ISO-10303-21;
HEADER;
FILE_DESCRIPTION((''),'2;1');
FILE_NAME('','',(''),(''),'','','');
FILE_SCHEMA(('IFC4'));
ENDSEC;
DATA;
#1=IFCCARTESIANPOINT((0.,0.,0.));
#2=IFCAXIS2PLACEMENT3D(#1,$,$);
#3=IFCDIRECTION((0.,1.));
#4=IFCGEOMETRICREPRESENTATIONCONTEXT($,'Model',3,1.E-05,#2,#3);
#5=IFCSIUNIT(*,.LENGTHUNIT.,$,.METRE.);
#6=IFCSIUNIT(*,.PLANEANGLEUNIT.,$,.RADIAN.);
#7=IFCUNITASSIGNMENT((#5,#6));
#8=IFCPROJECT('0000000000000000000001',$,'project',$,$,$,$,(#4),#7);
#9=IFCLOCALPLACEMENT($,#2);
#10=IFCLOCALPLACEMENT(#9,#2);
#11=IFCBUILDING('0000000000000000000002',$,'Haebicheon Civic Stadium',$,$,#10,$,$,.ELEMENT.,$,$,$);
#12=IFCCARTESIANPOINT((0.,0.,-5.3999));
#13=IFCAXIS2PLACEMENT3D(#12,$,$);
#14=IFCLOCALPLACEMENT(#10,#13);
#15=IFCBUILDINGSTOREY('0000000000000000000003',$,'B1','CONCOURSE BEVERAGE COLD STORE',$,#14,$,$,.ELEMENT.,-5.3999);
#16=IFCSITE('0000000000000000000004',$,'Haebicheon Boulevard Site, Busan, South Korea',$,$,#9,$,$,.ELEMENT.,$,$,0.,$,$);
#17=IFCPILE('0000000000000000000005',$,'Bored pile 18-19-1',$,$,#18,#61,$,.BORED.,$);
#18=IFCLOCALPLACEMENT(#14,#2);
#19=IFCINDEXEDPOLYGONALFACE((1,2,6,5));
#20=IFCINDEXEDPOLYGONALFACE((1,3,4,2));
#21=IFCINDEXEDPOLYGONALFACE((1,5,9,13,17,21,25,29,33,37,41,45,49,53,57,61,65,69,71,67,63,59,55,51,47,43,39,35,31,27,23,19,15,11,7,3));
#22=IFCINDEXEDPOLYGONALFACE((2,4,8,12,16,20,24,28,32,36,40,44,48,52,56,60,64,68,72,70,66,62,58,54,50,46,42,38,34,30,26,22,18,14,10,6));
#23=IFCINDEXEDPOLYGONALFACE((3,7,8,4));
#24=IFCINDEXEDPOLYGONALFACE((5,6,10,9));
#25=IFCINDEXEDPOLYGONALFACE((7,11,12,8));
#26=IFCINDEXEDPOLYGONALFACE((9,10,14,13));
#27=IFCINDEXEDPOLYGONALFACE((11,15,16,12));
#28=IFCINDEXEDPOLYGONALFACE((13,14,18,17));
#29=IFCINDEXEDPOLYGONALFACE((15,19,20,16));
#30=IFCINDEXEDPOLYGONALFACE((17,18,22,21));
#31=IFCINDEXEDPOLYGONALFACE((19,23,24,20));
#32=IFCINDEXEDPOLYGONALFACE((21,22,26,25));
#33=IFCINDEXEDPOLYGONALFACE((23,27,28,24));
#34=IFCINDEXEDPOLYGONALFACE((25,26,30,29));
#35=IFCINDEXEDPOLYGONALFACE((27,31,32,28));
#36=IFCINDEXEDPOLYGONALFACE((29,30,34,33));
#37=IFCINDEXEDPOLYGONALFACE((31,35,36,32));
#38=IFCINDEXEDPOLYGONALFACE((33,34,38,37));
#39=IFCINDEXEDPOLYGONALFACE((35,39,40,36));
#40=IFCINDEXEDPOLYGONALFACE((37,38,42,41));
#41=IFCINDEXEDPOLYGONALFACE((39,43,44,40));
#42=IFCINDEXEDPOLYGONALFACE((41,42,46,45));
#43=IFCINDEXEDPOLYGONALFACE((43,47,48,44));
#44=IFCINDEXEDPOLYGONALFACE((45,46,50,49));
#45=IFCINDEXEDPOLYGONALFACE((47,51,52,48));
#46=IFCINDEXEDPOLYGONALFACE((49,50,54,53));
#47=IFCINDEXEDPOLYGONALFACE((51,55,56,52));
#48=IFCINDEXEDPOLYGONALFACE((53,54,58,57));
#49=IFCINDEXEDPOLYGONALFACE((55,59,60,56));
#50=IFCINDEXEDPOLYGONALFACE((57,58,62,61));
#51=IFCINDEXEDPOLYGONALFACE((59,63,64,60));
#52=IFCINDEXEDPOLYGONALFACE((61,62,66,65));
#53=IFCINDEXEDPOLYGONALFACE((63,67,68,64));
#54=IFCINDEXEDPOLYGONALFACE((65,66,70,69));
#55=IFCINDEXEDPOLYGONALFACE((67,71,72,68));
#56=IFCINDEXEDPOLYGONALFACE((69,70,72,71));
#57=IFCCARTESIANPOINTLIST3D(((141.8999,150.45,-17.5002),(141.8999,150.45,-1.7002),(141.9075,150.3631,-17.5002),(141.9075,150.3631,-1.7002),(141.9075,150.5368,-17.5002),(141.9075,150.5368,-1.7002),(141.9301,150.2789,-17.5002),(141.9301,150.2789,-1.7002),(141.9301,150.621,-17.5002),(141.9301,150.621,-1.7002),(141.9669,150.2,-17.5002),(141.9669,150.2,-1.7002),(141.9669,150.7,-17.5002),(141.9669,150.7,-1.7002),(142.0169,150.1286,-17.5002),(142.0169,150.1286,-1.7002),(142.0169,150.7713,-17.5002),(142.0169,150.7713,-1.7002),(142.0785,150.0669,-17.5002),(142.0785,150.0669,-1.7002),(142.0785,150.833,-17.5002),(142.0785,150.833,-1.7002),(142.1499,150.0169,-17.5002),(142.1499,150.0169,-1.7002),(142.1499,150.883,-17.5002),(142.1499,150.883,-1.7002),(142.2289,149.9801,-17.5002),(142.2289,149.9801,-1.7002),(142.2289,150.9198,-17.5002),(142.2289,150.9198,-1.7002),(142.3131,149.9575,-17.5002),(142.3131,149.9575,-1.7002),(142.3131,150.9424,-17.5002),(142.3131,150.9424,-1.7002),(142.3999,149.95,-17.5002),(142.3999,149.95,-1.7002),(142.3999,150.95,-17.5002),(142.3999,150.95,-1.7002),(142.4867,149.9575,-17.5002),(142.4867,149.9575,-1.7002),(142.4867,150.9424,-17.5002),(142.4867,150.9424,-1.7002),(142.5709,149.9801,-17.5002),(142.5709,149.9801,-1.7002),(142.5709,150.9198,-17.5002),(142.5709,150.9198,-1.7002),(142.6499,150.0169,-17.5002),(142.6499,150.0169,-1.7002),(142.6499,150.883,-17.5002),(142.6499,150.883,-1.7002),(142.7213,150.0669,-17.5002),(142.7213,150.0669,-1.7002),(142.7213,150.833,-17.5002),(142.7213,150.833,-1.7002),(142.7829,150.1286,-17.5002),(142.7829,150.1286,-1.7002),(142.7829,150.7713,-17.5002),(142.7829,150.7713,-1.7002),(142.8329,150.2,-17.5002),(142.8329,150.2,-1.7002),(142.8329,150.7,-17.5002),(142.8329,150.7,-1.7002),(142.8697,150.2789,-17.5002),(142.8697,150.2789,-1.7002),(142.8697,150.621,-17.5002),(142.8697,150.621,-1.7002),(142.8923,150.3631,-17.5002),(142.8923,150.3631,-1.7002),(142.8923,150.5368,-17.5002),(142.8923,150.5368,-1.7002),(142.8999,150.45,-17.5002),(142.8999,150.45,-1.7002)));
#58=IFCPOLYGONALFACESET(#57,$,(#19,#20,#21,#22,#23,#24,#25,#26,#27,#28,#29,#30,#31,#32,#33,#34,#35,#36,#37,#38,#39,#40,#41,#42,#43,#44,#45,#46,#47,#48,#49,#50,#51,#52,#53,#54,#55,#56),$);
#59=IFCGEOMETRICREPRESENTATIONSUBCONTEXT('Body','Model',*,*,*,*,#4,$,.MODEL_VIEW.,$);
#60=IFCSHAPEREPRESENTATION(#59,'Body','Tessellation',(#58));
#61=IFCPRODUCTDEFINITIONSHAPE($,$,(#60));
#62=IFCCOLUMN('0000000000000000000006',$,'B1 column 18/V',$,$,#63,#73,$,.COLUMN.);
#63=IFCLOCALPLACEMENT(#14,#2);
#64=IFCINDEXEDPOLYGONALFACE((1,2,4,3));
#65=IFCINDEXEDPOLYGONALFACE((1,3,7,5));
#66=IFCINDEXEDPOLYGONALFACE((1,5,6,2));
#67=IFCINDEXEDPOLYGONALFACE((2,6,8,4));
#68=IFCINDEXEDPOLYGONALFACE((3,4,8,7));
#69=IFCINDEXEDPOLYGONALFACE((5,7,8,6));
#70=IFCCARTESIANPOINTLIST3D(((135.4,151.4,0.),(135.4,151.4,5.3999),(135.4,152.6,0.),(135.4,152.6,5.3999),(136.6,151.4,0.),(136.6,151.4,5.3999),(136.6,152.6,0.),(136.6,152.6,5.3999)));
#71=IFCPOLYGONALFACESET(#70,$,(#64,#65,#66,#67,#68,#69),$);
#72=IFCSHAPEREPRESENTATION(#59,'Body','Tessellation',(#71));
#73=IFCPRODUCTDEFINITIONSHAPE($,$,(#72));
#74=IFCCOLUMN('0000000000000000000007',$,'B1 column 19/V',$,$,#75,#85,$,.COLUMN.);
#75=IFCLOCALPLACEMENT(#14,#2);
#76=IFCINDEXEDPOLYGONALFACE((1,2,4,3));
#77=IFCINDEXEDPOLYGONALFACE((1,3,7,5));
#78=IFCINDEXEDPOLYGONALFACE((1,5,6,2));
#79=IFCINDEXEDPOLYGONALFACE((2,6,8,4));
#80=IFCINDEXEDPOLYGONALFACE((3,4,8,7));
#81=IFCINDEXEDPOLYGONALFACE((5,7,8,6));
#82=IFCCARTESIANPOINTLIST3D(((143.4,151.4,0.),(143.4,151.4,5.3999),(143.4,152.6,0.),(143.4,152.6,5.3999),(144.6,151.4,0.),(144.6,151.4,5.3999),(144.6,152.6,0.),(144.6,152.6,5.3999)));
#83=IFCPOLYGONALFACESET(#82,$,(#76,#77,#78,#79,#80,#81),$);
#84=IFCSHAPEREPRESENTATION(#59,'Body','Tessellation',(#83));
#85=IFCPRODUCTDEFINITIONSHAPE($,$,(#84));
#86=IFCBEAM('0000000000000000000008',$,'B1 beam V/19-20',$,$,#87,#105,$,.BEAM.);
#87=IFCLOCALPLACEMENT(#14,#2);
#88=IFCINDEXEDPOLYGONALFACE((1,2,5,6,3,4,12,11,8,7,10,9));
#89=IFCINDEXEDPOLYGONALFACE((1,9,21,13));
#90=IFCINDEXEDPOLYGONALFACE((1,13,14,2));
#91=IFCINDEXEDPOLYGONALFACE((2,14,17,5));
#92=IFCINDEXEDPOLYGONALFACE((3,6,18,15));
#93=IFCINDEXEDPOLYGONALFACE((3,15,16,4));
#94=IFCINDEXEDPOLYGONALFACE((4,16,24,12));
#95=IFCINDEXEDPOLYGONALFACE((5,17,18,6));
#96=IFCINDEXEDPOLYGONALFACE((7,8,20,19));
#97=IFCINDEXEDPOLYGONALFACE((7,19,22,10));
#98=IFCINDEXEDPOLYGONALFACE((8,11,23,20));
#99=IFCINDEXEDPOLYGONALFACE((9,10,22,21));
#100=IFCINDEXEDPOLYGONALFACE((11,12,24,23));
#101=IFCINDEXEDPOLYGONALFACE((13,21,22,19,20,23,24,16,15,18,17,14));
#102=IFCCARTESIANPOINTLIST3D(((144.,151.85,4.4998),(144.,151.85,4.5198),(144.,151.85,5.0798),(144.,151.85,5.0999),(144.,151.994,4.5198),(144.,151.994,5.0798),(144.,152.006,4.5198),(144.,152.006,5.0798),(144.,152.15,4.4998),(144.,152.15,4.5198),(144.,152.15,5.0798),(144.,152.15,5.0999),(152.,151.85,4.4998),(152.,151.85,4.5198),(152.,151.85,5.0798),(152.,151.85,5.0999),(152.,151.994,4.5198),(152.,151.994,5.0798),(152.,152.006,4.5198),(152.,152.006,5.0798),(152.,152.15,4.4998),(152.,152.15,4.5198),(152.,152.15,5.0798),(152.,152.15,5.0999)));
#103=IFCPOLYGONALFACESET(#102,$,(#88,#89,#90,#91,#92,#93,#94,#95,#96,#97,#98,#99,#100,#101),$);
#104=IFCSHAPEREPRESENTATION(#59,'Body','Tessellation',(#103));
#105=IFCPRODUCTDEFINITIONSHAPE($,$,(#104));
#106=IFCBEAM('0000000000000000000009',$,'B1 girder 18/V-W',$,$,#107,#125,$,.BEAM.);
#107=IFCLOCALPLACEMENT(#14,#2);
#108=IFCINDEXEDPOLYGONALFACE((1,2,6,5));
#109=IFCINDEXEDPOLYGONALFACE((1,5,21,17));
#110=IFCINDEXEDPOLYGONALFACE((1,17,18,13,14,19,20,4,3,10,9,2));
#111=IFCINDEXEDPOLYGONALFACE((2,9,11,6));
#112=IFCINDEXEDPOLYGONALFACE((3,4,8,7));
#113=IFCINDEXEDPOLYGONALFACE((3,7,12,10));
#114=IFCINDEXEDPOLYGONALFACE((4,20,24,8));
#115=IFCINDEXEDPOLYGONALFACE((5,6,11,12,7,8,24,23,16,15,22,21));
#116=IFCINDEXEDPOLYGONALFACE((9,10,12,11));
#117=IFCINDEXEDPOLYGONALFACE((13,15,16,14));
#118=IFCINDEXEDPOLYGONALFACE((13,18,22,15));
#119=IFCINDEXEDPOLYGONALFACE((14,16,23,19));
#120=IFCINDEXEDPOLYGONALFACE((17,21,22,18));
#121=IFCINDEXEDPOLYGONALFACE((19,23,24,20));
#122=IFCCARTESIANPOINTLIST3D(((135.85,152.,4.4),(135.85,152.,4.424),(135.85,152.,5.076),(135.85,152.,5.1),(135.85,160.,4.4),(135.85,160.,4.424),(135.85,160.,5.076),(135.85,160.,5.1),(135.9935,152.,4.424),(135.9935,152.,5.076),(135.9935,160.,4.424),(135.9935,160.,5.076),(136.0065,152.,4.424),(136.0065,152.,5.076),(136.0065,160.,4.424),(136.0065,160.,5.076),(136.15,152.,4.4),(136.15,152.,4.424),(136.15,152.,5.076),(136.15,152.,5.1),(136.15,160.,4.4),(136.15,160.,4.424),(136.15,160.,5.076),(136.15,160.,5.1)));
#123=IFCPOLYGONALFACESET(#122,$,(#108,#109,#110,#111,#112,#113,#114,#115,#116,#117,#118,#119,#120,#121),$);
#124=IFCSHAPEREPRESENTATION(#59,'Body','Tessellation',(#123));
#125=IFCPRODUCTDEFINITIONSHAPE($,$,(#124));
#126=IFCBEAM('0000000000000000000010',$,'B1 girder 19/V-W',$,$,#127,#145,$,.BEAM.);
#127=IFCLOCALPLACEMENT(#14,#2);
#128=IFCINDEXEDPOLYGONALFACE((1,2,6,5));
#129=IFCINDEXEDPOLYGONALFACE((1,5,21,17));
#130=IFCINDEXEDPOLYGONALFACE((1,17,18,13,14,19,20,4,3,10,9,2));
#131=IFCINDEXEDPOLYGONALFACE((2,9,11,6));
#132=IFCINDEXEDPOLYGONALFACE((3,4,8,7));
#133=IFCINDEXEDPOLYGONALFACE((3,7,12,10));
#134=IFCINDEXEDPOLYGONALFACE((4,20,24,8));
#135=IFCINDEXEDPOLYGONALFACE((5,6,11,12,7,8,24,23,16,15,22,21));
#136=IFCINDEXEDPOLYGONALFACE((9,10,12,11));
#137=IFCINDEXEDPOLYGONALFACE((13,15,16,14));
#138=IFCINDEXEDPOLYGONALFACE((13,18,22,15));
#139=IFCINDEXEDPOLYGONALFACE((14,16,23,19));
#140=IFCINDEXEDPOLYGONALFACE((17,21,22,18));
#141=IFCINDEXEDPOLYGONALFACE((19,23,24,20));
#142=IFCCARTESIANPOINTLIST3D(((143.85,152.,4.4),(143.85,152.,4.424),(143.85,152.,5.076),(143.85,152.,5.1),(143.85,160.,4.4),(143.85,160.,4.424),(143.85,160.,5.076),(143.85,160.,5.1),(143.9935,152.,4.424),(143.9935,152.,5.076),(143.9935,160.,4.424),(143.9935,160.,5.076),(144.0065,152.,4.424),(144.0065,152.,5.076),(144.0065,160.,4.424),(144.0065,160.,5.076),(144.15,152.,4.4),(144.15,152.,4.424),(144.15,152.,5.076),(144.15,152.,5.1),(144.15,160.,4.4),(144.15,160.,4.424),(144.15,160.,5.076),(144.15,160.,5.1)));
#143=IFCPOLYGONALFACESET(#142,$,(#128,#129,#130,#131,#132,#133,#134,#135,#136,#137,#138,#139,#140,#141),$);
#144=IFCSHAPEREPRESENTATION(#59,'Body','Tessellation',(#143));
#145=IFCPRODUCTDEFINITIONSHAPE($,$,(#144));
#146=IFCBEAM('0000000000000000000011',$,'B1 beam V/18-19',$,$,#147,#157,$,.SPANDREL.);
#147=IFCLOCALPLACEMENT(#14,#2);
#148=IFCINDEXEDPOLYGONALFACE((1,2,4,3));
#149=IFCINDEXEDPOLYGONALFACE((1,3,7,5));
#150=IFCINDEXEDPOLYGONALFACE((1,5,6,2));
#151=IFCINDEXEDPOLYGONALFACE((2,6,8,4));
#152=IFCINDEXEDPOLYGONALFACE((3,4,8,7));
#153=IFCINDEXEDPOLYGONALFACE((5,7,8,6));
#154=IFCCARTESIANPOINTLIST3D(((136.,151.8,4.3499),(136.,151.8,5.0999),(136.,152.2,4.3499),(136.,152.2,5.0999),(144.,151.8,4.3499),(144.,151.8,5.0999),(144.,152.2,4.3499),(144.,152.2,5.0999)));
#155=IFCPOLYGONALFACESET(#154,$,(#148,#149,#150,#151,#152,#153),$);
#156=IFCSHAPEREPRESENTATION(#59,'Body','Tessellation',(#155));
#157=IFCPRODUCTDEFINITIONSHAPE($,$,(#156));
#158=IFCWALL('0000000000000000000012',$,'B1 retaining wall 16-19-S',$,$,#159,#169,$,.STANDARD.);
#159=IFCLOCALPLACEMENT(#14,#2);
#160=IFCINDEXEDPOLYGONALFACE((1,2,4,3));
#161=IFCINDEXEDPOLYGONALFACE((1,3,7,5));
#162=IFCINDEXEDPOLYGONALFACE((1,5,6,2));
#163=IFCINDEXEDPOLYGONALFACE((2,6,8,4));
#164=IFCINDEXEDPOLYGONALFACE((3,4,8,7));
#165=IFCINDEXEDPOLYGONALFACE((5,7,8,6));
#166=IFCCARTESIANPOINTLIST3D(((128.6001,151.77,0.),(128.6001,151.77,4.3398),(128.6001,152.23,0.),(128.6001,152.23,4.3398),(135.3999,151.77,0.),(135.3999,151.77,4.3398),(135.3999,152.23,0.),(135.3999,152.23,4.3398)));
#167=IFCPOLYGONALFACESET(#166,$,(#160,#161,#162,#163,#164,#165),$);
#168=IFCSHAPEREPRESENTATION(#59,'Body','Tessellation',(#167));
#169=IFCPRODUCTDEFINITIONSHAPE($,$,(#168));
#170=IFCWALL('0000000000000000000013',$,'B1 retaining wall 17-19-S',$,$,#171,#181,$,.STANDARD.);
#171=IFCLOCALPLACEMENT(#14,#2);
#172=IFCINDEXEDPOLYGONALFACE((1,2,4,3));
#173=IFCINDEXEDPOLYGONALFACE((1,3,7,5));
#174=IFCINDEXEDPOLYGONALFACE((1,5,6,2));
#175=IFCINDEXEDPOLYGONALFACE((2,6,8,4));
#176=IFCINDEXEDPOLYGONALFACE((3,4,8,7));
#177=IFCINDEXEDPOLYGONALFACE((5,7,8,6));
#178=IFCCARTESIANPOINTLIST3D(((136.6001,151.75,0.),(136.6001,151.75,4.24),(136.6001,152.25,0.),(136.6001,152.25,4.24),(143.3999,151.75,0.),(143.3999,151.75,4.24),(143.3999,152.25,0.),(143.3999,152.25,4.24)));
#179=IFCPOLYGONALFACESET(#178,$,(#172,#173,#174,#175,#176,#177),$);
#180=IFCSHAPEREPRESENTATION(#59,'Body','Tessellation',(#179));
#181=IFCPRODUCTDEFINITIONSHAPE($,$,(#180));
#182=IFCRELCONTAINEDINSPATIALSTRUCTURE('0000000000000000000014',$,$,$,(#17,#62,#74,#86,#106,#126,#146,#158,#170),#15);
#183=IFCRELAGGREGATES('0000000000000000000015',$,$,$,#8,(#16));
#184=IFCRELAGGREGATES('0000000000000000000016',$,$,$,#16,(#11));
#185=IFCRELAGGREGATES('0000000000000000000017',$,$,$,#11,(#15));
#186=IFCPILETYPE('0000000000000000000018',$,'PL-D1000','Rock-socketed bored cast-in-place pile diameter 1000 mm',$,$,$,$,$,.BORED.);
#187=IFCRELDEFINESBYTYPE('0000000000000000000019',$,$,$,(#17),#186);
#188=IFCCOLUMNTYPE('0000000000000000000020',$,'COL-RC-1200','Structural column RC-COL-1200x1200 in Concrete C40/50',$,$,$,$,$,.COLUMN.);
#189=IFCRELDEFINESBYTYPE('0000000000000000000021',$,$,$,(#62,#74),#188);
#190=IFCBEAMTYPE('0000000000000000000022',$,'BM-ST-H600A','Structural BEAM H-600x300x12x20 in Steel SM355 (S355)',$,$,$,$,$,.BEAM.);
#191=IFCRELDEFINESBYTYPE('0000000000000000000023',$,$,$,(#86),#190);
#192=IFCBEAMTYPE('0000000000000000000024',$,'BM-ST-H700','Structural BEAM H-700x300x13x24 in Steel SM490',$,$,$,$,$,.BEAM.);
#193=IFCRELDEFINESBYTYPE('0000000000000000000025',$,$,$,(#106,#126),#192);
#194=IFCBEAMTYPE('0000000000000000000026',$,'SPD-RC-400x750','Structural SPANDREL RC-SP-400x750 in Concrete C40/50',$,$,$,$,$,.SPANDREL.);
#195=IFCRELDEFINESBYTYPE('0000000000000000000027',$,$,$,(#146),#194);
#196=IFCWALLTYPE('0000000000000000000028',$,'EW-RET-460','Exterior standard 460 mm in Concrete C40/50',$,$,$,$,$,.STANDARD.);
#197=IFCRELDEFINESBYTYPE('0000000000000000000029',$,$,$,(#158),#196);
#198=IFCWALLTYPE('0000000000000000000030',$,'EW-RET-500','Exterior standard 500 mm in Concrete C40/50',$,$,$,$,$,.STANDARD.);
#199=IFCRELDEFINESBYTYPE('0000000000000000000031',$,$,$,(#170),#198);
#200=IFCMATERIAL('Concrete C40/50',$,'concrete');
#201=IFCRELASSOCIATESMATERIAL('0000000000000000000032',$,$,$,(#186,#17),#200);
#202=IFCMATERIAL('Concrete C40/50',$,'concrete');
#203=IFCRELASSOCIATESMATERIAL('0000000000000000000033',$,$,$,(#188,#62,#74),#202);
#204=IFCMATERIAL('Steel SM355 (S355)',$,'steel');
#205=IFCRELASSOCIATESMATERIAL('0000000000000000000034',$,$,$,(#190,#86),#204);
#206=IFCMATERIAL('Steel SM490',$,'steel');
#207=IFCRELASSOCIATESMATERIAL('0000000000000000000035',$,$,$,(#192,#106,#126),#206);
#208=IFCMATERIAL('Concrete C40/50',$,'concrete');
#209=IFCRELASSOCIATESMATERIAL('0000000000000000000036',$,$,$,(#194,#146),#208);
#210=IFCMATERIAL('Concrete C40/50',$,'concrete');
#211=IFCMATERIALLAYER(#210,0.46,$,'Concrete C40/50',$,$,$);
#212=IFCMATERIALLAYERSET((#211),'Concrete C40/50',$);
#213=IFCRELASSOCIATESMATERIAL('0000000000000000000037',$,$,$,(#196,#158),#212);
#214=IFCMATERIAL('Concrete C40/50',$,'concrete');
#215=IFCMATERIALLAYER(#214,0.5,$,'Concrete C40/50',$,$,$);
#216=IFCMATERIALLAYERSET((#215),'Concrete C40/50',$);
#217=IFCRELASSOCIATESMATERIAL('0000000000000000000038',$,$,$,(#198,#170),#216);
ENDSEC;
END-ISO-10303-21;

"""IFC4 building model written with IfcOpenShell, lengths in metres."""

from ifc_helpers import new_model, si_unit, direction, frame, frame_2d, origin, origin_2d, place, context, subcontext, project, spatial, rectangle, circle, i_section, extrude, material, layer, layer_set, material_profile, profile_set, type_object, element, save


model = new_model("IFC4")

# Units and contexts
model_context = context("Model", 3, precision=1e-05, world=origin(), true_north=direction((0.0, 1.0)))
body_context = subcontext(model_context, "Body", "Model", "MODEL_VIEW")
ifc_project = project(units=[si_unit("LENGTHUNIT", "METRE"), si_unit("PLANEANGLEUNIT", "RADIAN")], contexts=[model_context])

# Site, building, storey
site_placement = place(None, origin())
site = spatial("IfcSite", under=ifc_project, at=site_placement, Name="Haebicheon Boulevard Site, Busan, South Korea", CompositionType="ELEMENT", RefElevation=0.0)
building_placement = place(site_placement, origin())
building = spatial("IfcBuilding", under=site, at=building_placement, Name="Haebicheon Civic Stadium", CompositionType="ELEMENT")
storey_placement = place(building_placement, frame((0.0, 0.0, -5.3999)))
storey = spatial("IfcBuildingStorey", under=building, at=storey_placement, Name="B1", Description="CONCOURSE BEVERAGE COLD STORE", CompositionType="ELEMENT", Elevation=-5.3999)

# Pile
ifc_material_1 = material(Name="Concrete C40/50", Category="concrete")
ifc_material_profile_1 = material_profile(ifc_material_1, circle(Radius=0.5, at=origin_2d()), Name="PILE-D1000")
ifc_profile_set_1 = profile_set([ifc_material_profile_1], Name="Concrete C40/50")
pile_type = type_object("IfcPileType", Name="PL-D1000", Description="Rock-socketed bored cast-in-place pile diameter 1000 mm", PredefinedType="BORED", material=ifc_profile_set_1)
for number, where, z_axis, x_axis, name in (
    (1, (142.3999, 150.45, -1.7002), (0.0, 0.0, -1.0), (1.0, 0.0, 0.0), "Bored pile 18-19-1"),
):
    element("IfcPile", number, at=place(storey_placement, frame(where, z_axis=z_axis, x_axis=x_axis)), inside=storey, type_object=pile_type, material=ifc_profile_set_1, Name=name, PredefinedType="BORED", context=body_context, shape_type="SweptSolid", body=[
        extrude(circle(Radius=0.5, at=origin_2d()), origin(), (0.0, 0.0, 1.0), 15.8),
    ])

# Columns
ifc_material_2 = material(Name="Concrete C40/50", Category="concrete")
ifc_material_profile_2 = material_profile(ifc_material_2, rectangle(XDim=1.2, YDim=1.2, at=origin_2d()), Name="RC-COL-1200x1200")
ifc_profile_set_2 = profile_set([ifc_material_profile_2], Name="Concrete C40/50")
column_type = type_object("IfcColumnType", Name="COL-RC-1200", Description="Structural column RC-COL-1200x1200 in Concrete C40/50", PredefinedType="COLUMN", material=ifc_profile_set_2)
for number, where, z_axis, x_axis, name in (
    (2, (136.0, 152.0, 0.0), (0.0, 0.0, 1.0), (1.0, 0.0, 0.0), "B1 column 18/V"),
    (3, (144.0, 152.0, 0.0), (0.0, 0.0, 1.0), (1.0, 0.0, 0.0), "B1 column 19/V"),
):
    element("IfcColumn", number, at=place(storey_placement, frame(where, z_axis=z_axis, x_axis=x_axis)), inside=storey, type_object=column_type, material=ifc_profile_set_2, Name=name, PredefinedType="COLUMN", context=body_context, shape_type="SweptSolid", body=[
        extrude(rectangle(XDim=1.2, YDim=1.2, at=origin_2d()), origin(), (0.0, 0.0, 1.0), 5.3999),
    ])

# Beams
ifc_material_3 = material(Name="Steel SM355 (S355)", Category="steel")
ifc_material_profile_3 = material_profile(ifc_material_3, i_section(OverallWidth=0.3, OverallDepth=0.6001, WebThickness=0.012, FlangeThickness=0.02, at=origin_2d()), Name="H-600x300x12x20")
ifc_profile_set_3 = profile_set([ifc_material_profile_3], Name="Steel SM355 (S355)")
beam_type_1 = type_object("IfcBeamType", Name="BM-ST-H600A", Description="Structural BEAM H-600x300x12x20 in Steel SM355 (S355)", PredefinedType="BEAM", material=ifc_profile_set_3)
beam_1_placement = place(storey_placement, frame((144.0, 152.0, 4.7998), z_axis=(1.0, 0.0, 0.0), x_axis=(0.0, 1.0, 0.0)))
element("IfcBeam", 4, at=beam_1_placement, inside=storey, type_object=beam_type_1, material=ifc_profile_set_3, Name="B1 beam V/19-20", PredefinedType="BEAM", context=body_context, shape_type="SweptSolid", body=[
    extrude(i_section(OverallWidth=0.3, OverallDepth=0.6001, WebThickness=0.012, FlangeThickness=0.02, at=origin_2d()), origin(), (0.0, 0.0, 1.0), 8.0),
])
ifc_material_4 = material(Name="Steel SM490", Category="steel")
ifc_material_profile_4 = material_profile(ifc_material_4, i_section(OverallWidth=0.3, OverallDepth=0.7, WebThickness=0.0129, FlangeThickness=0.0239, at=origin_2d()), Name="H-700x300x13x24")
ifc_profile_set_4 = profile_set([ifc_material_profile_4], Name="Steel SM490")
beam_type_2 = type_object("IfcBeamType", Name="BM-ST-H700", Description="Structural BEAM H-700x300x13x24 in Steel SM490", PredefinedType="BEAM", material=ifc_profile_set_4)
for number, where, z_axis, x_axis, name in (
    (5, (136.0, 152.0, 4.75), (0.0, 1.0, 0.0), (-1.0, 0.0, 0.0), "B1 girder 18/V-W"),
    (6, (144.0, 152.0, 4.75), (0.0, 1.0, 0.0), (-1.0, 0.0, 0.0), "B1 girder 19/V-W"),
):
    element("IfcBeam", number, at=place(storey_placement, frame(where, z_axis=z_axis, x_axis=x_axis)), inside=storey, type_object=beam_type_2, material=ifc_profile_set_4, Name=name, PredefinedType="BEAM", context=body_context, shape_type="SweptSolid", body=[
        extrude(i_section(OverallWidth=0.3, OverallDepth=0.7, WebThickness=0.0129, FlangeThickness=0.0239, at=origin_2d()), origin(), (0.0, 0.0, 1.0), 8.0),
    ])
ifc_material_5 = material(Name="Concrete C40/50", Category="concrete")
ifc_material_profile_5 = material_profile(ifc_material_5, rectangle(XDim=0.3999, YDim=0.75, at=origin_2d()), Name="RC-SP-400x750")
ifc_profile_set_5 = profile_set([ifc_material_profile_5], Name="Concrete C40/50")
beam_type_3 = type_object("IfcBeamType", Name="SPD-RC-400x750", Description="Structural SPANDREL RC-SP-400x750 in Concrete C40/50", PredefinedType="SPANDREL", material=ifc_profile_set_5)
beam_2_placement = place(storey_placement, frame((136.0, 152.0, 4.7249), z_axis=(1.0, 0.0, 0.0), x_axis=(0.0, 1.0, 0.0)))
element("IfcBeam", 7, at=beam_2_placement, inside=storey, type_object=beam_type_3, material=ifc_profile_set_5, Name="B1 beam V/18-19", PredefinedType="SPANDREL", context=body_context, shape_type="SweptSolid", body=[
    extrude(rectangle(XDim=0.3999, YDim=0.75, at=origin_2d()), origin(), (0.0, 0.0, 1.0), 8.0),
])

# Walls
ifc_material_6 = material(Name="Concrete C40/50", Category="concrete")
ifc_layer_1 = layer(ifc_material_6, 0.46, Name="Concrete C40/50")
ifc_layer_set_1 = layer_set([ifc_layer_1], Name="Concrete C40/50")
wall_type_1 = type_object("IfcWallType", Name="EW-RET-460", Description="Exterior standard 460 mm in Concrete C40/50", PredefinedType="STANDARD", material=ifc_layer_set_1)
wall_1_placement = place(storey_placement, frame((128.6001, 152.0, 0.0), z_axis=(0.0, 0.0, 1.0), x_axis=(1.0, 0.0, 0.0)))
element("IfcWall", 8, at=wall_1_placement, inside=storey, type_object=wall_type_1, material=ifc_layer_set_1, Name="B1 retaining wall 16-19-S", PredefinedType="STANDARD", context=body_context, shape_type="SweptSolid", body=[
    extrude(rectangle(XDim=6.7998, YDim=0.46, at=frame_2d((3.3999, 0.0))), origin(), (0.0, 0.0, 1.0), 4.3398),
])
ifc_material_7 = material(Name="Concrete C40/50", Category="concrete")
ifc_layer_2 = layer(ifc_material_7, 0.5, Name="Concrete C40/50")
ifc_layer_set_2 = layer_set([ifc_layer_2], Name="Concrete C40/50")
wall_type_2 = type_object("IfcWallType", Name="EW-RET-500", Description="Exterior standard 500 mm in Concrete C40/50", PredefinedType="STANDARD", material=ifc_layer_set_2)
for number, where, z_axis, x_axis, name in (
    (9, (136.6001, 152.0, 0.0), (0.0, 0.0, 1.0), (1.0, 0.0, 0.0), "B1 retaining wall 17-19-S"),
):
    element("IfcWall", number, at=place(storey_placement, frame(where, z_axis=z_axis, x_axis=x_axis)), inside=storey, type_object=wall_type_2, material=ifc_layer_set_2, Name=name, PredefinedType="STANDARD", context=body_context, shape_type="SweptSolid", body=[
        extrude(rectangle(XDim=6.7998, YDim=0.5, at=frame_2d((3.3999, 0.0))), origin(), (0.0, 0.0, 1.0), 4.24),
    ])

save(model, "model.ifc")
